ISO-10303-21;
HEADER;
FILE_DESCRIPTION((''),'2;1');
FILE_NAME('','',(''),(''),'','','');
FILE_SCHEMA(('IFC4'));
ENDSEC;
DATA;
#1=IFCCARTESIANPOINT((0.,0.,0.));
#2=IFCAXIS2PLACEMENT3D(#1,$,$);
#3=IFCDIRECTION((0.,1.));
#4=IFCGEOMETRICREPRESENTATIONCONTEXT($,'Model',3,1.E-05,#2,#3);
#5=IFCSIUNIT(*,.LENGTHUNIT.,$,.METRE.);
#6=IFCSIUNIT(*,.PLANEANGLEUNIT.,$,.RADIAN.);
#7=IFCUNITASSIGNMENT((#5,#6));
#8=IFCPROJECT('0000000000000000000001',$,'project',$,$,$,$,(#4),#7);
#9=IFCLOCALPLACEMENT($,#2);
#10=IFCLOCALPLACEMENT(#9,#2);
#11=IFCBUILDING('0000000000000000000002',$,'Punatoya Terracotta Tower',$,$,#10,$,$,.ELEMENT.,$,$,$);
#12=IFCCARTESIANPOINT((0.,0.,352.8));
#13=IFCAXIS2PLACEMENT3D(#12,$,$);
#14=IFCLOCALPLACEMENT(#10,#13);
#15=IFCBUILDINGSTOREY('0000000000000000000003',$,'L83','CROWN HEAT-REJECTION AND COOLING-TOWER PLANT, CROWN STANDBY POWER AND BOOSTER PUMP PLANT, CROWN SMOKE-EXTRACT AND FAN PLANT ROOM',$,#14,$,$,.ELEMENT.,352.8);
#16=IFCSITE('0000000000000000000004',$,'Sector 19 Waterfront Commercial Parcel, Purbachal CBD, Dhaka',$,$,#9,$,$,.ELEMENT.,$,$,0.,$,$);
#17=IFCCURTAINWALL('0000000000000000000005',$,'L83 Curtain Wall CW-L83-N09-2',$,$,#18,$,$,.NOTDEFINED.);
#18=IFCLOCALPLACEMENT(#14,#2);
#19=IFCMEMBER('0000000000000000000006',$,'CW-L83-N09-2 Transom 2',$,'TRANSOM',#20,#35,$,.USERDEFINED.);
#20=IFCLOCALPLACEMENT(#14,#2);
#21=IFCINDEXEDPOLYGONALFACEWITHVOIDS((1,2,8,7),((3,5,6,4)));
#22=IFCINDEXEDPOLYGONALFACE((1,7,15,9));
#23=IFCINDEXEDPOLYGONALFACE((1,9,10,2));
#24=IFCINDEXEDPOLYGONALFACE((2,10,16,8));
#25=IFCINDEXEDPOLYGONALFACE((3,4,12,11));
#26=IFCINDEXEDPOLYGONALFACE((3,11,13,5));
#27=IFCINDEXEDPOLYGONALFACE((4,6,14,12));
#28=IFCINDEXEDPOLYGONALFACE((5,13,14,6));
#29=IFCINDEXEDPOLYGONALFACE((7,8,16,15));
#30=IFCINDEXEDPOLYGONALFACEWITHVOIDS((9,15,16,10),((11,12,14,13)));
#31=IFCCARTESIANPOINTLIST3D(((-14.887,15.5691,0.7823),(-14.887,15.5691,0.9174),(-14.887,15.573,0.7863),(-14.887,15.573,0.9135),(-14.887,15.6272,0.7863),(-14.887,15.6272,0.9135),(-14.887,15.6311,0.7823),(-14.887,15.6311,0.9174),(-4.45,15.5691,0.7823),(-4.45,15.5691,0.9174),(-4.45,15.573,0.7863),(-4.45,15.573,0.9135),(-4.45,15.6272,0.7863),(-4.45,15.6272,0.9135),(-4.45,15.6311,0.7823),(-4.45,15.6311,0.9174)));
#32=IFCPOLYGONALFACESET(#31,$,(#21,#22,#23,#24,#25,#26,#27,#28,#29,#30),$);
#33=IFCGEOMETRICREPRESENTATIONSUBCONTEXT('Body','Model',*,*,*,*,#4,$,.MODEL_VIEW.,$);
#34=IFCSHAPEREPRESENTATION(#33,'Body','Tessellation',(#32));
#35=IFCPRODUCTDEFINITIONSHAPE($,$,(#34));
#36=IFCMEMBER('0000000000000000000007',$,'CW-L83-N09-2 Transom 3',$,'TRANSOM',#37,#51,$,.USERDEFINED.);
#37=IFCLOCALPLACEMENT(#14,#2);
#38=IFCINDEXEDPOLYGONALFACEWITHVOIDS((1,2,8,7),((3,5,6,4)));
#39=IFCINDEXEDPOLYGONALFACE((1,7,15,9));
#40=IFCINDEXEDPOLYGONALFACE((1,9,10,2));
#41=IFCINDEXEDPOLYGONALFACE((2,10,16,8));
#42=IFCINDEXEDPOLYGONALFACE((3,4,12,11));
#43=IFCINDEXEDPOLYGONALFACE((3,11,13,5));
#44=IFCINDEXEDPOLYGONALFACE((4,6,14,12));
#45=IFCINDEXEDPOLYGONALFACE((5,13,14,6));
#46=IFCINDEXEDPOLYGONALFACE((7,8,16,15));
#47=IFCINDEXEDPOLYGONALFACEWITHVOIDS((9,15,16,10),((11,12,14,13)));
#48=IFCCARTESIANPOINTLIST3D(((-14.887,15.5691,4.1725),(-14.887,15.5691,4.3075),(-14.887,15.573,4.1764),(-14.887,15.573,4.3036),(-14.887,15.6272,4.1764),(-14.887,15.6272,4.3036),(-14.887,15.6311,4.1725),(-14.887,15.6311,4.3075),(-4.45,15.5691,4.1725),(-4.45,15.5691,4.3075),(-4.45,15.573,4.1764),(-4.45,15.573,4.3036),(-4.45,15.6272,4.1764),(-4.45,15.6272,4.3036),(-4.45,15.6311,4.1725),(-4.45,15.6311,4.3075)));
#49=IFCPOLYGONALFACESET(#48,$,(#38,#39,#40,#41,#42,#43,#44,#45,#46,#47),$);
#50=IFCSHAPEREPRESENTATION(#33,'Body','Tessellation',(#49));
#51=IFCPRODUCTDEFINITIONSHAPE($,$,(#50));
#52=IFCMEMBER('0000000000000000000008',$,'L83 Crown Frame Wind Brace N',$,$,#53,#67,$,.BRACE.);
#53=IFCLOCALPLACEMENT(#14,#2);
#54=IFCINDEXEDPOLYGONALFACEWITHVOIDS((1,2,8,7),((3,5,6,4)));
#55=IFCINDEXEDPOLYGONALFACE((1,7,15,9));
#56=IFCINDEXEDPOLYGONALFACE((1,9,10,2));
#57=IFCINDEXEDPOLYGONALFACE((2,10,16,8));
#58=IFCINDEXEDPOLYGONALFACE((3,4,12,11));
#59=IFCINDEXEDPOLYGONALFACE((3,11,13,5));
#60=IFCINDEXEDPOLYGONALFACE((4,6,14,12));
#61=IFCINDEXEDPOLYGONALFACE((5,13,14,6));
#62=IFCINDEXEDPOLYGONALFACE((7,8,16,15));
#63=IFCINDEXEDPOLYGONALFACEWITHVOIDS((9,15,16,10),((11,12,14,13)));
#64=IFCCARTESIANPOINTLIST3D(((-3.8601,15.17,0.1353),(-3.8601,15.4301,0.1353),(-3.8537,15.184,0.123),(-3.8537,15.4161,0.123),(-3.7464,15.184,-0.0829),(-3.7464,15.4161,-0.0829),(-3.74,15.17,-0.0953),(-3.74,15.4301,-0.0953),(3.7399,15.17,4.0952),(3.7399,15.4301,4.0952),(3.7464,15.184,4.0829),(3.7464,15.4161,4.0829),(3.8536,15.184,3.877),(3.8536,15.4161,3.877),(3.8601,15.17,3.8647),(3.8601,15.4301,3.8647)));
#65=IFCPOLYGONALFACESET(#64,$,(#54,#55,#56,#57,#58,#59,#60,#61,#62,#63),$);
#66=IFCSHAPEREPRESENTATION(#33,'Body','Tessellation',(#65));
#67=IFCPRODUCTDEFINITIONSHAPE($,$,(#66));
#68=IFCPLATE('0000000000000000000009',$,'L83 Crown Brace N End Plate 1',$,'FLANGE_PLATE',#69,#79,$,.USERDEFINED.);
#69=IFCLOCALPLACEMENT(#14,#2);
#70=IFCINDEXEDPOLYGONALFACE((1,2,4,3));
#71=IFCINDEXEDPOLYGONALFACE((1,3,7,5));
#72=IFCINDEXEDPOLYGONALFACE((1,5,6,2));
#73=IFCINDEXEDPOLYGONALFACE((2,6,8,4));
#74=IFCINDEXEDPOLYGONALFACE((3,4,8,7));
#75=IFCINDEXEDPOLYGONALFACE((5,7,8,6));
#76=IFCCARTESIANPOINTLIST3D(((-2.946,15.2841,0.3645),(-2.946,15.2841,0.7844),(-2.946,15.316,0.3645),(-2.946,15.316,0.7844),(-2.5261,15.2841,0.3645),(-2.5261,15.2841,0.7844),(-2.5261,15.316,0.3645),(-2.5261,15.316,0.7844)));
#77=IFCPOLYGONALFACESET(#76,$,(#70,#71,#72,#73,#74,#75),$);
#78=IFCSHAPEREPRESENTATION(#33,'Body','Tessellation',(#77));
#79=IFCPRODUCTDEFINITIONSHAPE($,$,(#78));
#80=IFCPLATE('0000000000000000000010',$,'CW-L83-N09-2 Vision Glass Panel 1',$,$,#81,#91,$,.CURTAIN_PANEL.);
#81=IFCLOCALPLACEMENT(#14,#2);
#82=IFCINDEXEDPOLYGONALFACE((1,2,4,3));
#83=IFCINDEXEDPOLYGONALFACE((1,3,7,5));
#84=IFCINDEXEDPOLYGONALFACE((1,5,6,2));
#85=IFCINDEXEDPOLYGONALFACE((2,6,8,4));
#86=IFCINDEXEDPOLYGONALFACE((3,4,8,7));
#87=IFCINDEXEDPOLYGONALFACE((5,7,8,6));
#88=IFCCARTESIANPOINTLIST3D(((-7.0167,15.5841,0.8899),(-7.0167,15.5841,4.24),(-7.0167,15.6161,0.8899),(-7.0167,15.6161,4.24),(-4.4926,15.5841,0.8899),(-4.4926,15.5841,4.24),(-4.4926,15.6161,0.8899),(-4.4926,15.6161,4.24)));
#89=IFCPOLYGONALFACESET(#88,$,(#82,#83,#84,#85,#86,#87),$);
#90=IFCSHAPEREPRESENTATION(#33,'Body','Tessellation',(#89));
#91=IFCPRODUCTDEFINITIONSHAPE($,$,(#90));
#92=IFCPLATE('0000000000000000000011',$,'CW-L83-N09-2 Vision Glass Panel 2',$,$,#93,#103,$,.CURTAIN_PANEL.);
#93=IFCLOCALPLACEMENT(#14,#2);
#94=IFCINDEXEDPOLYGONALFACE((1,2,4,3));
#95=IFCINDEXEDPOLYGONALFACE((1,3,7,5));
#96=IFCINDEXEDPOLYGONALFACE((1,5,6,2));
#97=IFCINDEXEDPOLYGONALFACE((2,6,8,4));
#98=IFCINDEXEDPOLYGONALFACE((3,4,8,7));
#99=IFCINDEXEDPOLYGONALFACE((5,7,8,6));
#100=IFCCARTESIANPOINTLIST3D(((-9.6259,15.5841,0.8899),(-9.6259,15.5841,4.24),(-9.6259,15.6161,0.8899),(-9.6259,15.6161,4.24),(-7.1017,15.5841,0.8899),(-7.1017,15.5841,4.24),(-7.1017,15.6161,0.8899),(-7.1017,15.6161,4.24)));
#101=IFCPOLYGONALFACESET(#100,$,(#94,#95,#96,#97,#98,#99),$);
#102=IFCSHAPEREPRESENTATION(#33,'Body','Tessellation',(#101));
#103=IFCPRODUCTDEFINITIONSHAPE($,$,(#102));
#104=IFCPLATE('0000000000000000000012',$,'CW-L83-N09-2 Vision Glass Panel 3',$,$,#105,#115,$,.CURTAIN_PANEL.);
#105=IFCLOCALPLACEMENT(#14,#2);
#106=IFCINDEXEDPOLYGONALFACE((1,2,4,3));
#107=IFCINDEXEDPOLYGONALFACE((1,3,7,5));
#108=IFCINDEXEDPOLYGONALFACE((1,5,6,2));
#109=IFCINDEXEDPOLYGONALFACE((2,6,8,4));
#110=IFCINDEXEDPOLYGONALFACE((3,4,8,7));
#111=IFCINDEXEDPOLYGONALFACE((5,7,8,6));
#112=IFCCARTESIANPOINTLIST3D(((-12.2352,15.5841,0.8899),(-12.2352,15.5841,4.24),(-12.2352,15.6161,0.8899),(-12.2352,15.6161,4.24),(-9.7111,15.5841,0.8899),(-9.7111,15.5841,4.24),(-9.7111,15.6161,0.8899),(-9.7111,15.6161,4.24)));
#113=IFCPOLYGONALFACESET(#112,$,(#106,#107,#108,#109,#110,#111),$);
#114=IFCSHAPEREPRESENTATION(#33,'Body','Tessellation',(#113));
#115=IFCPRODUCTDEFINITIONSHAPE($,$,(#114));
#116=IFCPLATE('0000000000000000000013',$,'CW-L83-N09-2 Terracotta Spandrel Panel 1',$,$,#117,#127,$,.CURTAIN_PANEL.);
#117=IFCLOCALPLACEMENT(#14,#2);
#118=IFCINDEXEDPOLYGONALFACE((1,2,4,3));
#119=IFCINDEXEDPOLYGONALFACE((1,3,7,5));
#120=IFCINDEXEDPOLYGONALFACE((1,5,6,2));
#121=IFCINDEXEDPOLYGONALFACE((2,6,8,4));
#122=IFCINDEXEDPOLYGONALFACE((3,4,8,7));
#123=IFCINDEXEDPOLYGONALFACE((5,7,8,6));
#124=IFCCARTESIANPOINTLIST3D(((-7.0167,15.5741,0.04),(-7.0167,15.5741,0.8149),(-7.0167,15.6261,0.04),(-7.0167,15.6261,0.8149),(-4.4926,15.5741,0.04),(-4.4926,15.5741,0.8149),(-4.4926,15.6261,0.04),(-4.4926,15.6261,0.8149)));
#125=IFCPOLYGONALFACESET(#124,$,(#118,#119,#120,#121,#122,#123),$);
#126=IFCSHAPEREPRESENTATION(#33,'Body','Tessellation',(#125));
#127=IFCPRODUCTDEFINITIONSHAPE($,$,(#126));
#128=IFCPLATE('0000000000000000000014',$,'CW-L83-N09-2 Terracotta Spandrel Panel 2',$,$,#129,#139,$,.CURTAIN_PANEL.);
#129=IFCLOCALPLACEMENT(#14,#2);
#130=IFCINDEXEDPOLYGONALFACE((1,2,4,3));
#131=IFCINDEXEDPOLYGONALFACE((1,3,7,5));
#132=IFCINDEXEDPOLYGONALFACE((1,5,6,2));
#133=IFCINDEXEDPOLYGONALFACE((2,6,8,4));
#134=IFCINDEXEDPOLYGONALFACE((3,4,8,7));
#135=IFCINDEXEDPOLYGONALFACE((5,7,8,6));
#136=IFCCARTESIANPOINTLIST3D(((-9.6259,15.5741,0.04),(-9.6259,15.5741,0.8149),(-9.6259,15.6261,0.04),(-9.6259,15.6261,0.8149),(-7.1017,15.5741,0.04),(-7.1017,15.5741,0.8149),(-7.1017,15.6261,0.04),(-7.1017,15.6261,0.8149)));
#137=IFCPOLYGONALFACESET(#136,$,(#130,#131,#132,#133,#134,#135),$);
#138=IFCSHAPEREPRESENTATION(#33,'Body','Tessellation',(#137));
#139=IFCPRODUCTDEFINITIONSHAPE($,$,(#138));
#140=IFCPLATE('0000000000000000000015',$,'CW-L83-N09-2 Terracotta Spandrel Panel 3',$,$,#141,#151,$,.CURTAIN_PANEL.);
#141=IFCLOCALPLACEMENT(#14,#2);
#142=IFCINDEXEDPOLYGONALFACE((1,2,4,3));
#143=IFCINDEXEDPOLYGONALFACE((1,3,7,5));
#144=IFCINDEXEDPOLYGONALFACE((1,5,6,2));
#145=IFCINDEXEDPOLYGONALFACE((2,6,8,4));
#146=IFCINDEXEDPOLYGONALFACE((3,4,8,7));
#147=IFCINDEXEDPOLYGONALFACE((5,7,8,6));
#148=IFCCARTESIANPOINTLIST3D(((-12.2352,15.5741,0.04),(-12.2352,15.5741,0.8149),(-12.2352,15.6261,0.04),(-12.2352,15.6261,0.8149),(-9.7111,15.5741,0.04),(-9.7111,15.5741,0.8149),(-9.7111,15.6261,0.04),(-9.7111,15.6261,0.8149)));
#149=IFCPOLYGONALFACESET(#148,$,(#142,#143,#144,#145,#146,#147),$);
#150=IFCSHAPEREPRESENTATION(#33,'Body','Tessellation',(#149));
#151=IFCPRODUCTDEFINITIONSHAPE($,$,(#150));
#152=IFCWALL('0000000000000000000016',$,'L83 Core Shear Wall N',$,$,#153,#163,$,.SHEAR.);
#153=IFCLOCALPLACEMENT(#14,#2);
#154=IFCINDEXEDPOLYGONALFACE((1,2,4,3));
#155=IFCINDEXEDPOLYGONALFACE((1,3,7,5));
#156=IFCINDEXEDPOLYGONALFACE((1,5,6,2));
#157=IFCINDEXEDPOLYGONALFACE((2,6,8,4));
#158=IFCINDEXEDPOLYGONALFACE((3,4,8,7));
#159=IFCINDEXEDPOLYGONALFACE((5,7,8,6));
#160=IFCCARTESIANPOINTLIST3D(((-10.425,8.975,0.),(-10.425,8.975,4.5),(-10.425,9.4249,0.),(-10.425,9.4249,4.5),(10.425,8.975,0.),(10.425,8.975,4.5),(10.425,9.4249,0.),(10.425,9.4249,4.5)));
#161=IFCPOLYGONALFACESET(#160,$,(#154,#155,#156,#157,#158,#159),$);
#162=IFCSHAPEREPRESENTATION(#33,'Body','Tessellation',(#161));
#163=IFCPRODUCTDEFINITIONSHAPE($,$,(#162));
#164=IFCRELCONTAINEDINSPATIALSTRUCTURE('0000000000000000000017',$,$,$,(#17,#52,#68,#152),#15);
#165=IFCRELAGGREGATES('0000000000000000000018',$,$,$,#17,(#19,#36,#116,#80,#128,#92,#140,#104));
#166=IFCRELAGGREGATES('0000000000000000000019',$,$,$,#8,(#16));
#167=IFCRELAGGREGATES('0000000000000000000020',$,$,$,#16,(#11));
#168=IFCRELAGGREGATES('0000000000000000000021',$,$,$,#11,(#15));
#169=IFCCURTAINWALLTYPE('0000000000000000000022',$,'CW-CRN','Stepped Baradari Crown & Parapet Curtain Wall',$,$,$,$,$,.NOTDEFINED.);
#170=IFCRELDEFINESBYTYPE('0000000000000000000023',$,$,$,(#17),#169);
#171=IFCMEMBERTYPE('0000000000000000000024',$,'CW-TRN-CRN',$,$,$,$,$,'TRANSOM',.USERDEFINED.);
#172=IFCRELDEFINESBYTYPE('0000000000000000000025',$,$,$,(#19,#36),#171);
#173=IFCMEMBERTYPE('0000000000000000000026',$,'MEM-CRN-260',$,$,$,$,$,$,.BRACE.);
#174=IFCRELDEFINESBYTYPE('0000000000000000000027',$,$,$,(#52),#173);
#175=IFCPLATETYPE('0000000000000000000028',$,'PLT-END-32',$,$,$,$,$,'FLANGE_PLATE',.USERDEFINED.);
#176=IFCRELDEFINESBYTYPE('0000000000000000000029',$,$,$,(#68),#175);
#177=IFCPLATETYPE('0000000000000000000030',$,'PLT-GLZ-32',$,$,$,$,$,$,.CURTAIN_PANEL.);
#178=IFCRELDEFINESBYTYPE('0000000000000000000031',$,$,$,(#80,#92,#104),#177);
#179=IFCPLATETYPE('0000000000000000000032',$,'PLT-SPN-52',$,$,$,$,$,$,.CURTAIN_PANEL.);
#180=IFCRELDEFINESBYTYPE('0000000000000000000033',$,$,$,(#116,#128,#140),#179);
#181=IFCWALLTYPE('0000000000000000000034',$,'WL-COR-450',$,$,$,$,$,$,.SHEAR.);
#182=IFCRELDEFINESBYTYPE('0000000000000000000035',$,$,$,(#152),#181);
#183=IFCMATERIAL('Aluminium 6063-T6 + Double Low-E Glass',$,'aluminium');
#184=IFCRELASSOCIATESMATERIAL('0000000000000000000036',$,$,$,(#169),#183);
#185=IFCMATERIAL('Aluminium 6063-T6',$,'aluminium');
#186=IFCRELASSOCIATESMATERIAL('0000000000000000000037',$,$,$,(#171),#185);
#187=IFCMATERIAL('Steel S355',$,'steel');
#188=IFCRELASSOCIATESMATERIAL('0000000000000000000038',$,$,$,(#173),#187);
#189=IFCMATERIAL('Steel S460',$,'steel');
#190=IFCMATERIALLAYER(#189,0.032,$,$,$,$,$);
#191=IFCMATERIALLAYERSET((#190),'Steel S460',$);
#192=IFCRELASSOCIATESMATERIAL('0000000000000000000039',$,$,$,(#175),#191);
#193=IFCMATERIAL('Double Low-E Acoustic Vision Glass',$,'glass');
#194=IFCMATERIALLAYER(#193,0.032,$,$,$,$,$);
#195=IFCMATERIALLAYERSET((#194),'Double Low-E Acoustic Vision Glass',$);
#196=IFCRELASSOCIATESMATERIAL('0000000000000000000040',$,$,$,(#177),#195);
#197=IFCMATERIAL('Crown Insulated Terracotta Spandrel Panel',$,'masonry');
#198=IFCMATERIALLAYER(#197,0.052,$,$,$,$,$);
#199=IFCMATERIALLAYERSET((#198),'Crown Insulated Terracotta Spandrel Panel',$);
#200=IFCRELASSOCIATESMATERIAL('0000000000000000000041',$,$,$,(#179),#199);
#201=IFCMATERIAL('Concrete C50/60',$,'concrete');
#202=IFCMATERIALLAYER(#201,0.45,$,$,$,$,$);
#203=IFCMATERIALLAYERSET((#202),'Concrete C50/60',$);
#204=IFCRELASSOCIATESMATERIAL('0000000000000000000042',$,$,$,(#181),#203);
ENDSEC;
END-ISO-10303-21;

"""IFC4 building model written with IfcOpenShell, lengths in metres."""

from ifc_helpers import new_model, si_unit, direction, frame, frame_2d, origin, origin_2d, place, context, subcontext, project, spatial, rectangle, hollow_rectangle, extrude, material, layer, layer_set, material_profile, profile_set, type_object, element, aggregate, save


model = new_model("IFC4")

# Units and contexts
model_context = context("Model", 3, precision=1e-05, world=origin(), true_north=direction((0.0, 1.0)))
body_context = subcontext(model_context, "Body", "Model", "MODEL_VIEW")
ifc_project = project(units=[si_unit("LENGTHUNIT", "METRE"), si_unit("PLANEANGLEUNIT", "RADIAN")], contexts=[model_context])

# Site, building, storey
site_placement = place(None, origin())
site = spatial("IfcSite", under=ifc_project, at=site_placement, Name="Sector 19 Waterfront Commercial Parcel, Purbachal CBD, Dhaka", CompositionType="ELEMENT", RefElevation=0.0)
building_placement = place(site_placement, origin())
building = spatial("IfcBuilding", under=site, at=building_placement, Name="Punatoya Terracotta Tower", CompositionType="ELEMENT")
storey_placement = place(building_placement, frame((0.0, 0.0, 352.8)))
storey = spatial("IfcBuildingStorey", under=building, at=storey_placement, Name="L83", Description="CROWN HEAT-REJECTION AND COOLING-TOWER PLANT, CROWN STANDBY POWER AND BOOSTER PUMP PLANT, CROWN SMOKE-EXTRACT AND FAN PLANT ROOM", CompositionType="ELEMENT", Elevation=352.8)

# Shared definitions
ifc_material_1 = material(Name="Steel S355", Category="steel")

# Shared definitions
ifc_material_2 = material(Name="Steel S460", Category="steel")

# Curtain wall, members
ifc_material_3 = material(Name="Aluminium 6063-T6 + Double Low-E Glass", Category="aluminium")
curtain_wall_type = type_object("IfcCurtainWallType", Name="CW-CRN", Description="Stepped Baradari Crown & Parapet Curtain Wall", PredefinedType="NOTDEFINED", material=ifc_material_3)
curtain_wall_placement = place(storey_placement, origin())
curtain_wall = element("IfcCurtainWall", 1, at=curtain_wall_placement, inside=storey, type_object=curtain_wall_type, Name="L83 Curtain Wall CW-L83-N09-2", PredefinedType="NOTDEFINED")
ifc_material_4 = material(Name="Aluminium 6063-T6", Category="aluminium")
ifc_material_profile_1 = material_profile(ifc_material_4, hollow_rectangle(XDim=0.062, YDim=0.135, WallThickness=0.0039, at=origin_2d()))
ifc_profile_set_1 = profile_set([ifc_material_profile_1], Name="Aluminium 6063-T6")
member_type_1 = type_object("IfcMemberType", Name="CW-TRN-CRN", ElementType="TRANSOM", PredefinedType="USERDEFINED", material=ifc_profile_set_1)
member_1_placement = place(storey_placement, frame((-4.45, 15.6001, 0.8499), z_axis=(-1.0, 0.0, 0.0), x_axis=(0.0, -1.0, 0.0)))
member_1 = element("IfcMember", 2, at=member_1_placement, type_object=member_type_1, Name="CW-L83-N09-2 Transom 2", ObjectType="TRANSOM", PredefinedType="USERDEFINED", context=body_context, shape_type="SweptSolid", body=[
    extrude(hollow_rectangle(XDim=0.062, YDim=0.135, WallThickness=0.0039, at=origin_2d()), origin(), (0.0, 0.0, 1.0), 10.437),
])
member_2_placement = place(storey_placement, frame((-4.45, 15.6001, 4.24), z_axis=(-1.0, 0.0, 0.0), x_axis=(0.0, -1.0, 0.0)))
member_2 = element("IfcMember", 3, at=member_2_placement, type_object=member_type_1, Name="CW-L83-N09-2 Transom 3", ObjectType="TRANSOM", PredefinedType="USERDEFINED", context=body_context, shape_type="SweptSolid", body=[
    extrude(hollow_rectangle(XDim=0.062, YDim=0.135, WallThickness=0.0039, at=origin_2d()), origin(), (0.0, 0.0, 1.0), 10.437),
])

# Member
ifc_material_profile_2 = material_profile(ifc_material_1, hollow_rectangle(XDim=0.26, YDim=0.26, WallThickness=0.0139, at=origin_2d()))
ifc_profile_set_2 = profile_set([ifc_material_profile_2], Name="Steel S355")
member_type_2 = type_object("IfcMemberType", Name="MEM-CRN-260", PredefinedType="BRACE", material=ifc_profile_set_2)
member_3_placement = place(storey_placement, frame((-3.8, 15.3, 0.02), z_axis=(0.886839, 0.0, 0.462079), x_axis=(0.0, 1.0, 0.0)))
element("IfcMember", 4, at=member_3_placement, inside=storey, type_object=member_type_2, Name="L83 Crown Frame Wind Brace N", PredefinedType="BRACE", context=body_context, shape_type="SweptSolid", body=[
    extrude(hollow_rectangle(XDim=0.26, YDim=0.26, WallThickness=0.0139, at=origin_2d()), origin(), (0.0, 0.0, 1.0), 8.5698),
])

# Plates
ifc_layer_1 = layer(ifc_material_2, 0.032)
ifc_layer_set_1 = layer_set([ifc_layer_1], Name="Steel S460")
plate_type_1 = type_object("IfcPlateType", Name="PLT-END-32", ElementType="FLANGE_PLATE", PredefinedType="USERDEFINED", material=ifc_layer_set_1)
plate_1_placement = place(storey_placement, frame((-2.7361, 15.3, 0.3645), z_axis=(0.0, 0.0, 1.0), x_axis=(1.0, 0.0, 0.0)))
element("IfcPlate", 5, at=plate_1_placement, inside=storey, type_object=plate_type_1, Name="L83 Crown Brace N End Plate 1", ObjectType="FLANGE_PLATE", PredefinedType="USERDEFINED", context=body_context, shape_type="SweptSolid", body=[
    extrude(rectangle(XDim=0.4199, YDim=0.032, at=origin_2d()), origin(), (0.0, 0.0, 1.0), 0.4199),
])
ifc_material_5 = material(Name="Double Low-E Acoustic Vision Glass", Category="glass")
ifc_layer_2 = layer(ifc_material_5, 0.032)
ifc_layer_set_2 = layer_set([ifc_layer_2], Name="Double Low-E Acoustic Vision Glass")
plate_type_2 = type_object("IfcPlateType", Name="PLT-GLZ-32", PredefinedType="CURTAIN_PANEL", material=ifc_layer_set_2)
plate_2_placement = place(storey_placement, frame((-5.7546, 15.6001, 0.8899), z_axis=(0.0, 0.0, 1.0), x_axis=(-1.0, 0.0, 0.0)))
plate_2 = element("IfcPlate", 6, at=plate_2_placement, type_object=plate_type_2, Name="CW-L83-N09-2 Vision Glass Panel 1", PredefinedType="CURTAIN_PANEL", context=body_context, shape_type="SweptSolid", body=[
    extrude(rectangle(XDim=2.5242, YDim=0.032, at=origin_2d()), origin(), (0.0, 0.0, 1.0), 3.3501),
])
plate_3_placement = place(storey_placement, frame((-8.3638, 15.6001, 0.8899), z_axis=(0.0, 0.0, 1.0), x_axis=(-1.0, 0.0, 0.0)))
plate_3 = element("IfcPlate", 7, at=plate_3_placement, type_object=plate_type_2, Name="CW-L83-N09-2 Vision Glass Panel 2", PredefinedType="CURTAIN_PANEL", context=body_context, shape_type="SweptSolid", body=[
    extrude(rectangle(XDim=2.5242, YDim=0.032, at=origin_2d()), origin(), (0.0, 0.0, 1.0), 3.3501),
])
plate_4_placement = place(storey_placement, frame((-10.9731, 15.6001, 0.8899), z_axis=(0.0, 0.0, 1.0), x_axis=(-1.0, 0.0, 0.0)))
plate_4 = element("IfcPlate", 8, at=plate_4_placement, type_object=plate_type_2, Name="CW-L83-N09-2 Vision Glass Panel 3", PredefinedType="CURTAIN_PANEL", context=body_context, shape_type="SweptSolid", body=[
    extrude(rectangle(XDim=2.5242, YDim=0.032, at=origin_2d()), origin(), (0.0, 0.0, 1.0), 3.3501),
])
ifc_material_6 = material(Name="Crown Insulated Terracotta Spandrel Panel", Category="masonry")
ifc_layer_3 = layer(ifc_material_6, 0.052)
ifc_layer_set_3 = layer_set([ifc_layer_3], Name="Crown Insulated Terracotta Spandrel Panel")
plate_type_3 = type_object("IfcPlateType", Name="PLT-SPN-52", PredefinedType="CURTAIN_PANEL", material=ifc_layer_set_3)
plate_5_placement = place(storey_placement, frame((-5.7546, 15.6001, 0.04), z_axis=(0.0, 0.0, 1.0), x_axis=(-1.0, 0.0, 0.0)))
plate_5 = element("IfcPlate", 9, at=plate_5_placement, type_object=plate_type_3, Name="CW-L83-N09-2 Terracotta Spandrel Panel 1", PredefinedType="CURTAIN_PANEL", context=body_context, shape_type="SweptSolid", body=[
    extrude(rectangle(XDim=2.5242, YDim=0.052, at=origin_2d()), origin(), (0.0, 0.0, 1.0), 0.7749),
])
plate_6_placement = place(storey_placement, frame((-8.3638, 15.6001, 0.04), z_axis=(0.0, 0.0, 1.0), x_axis=(-1.0, 0.0, 0.0)))
plate_6 = element("IfcPlate", 10, at=plate_6_placement, type_object=plate_type_3, Name="CW-L83-N09-2 Terracotta Spandrel Panel 2", PredefinedType="CURTAIN_PANEL", context=body_context, shape_type="SweptSolid", body=[
    extrude(rectangle(XDim=2.5242, YDim=0.052, at=origin_2d()), origin(), (0.0, 0.0, 1.0), 0.7749),
])
plate_7_placement = place(storey_placement, frame((-10.9731, 15.6001, 0.04), z_axis=(0.0, 0.0, 1.0), x_axis=(-1.0, 0.0, 0.0)))
plate_7 = element("IfcPlate", 11, at=plate_7_placement, type_object=plate_type_3, Name="CW-L83-N09-2 Terracotta Spandrel Panel 3", PredefinedType="CURTAIN_PANEL", context=body_context, shape_type="SweptSolid", body=[
    extrude(rectangle(XDim=2.5242, YDim=0.052, at=origin_2d()), origin(), (0.0, 0.0, 1.0), 0.7749),
])
aggregate(curtain_wall, [member_1, member_2, plate_5, plate_2, plate_6, plate_3, plate_7, plate_4])

# Wall
ifc_material_7 = material(Name="Concrete C50/60", Category="concrete")
ifc_layer_4 = layer(ifc_material_7, 0.45)
ifc_layer_set_4 = layer_set([ifc_layer_4], Name="Concrete C50/60")
wall_type_1 = type_object("IfcWallType", Name="WL-COR-450", PredefinedType="SHEAR", material=ifc_layer_set_4)
wall_1_placement = place(storey_placement, frame((-10.425, 9.2, 0.0), z_axis=(0.0, 0.0, 1.0), x_axis=(1.0, 0.0, 0.0)))
element("IfcWall", 12, at=wall_1_placement, inside=storey, type_object=wall_type_1, Name="L83 Core Shear Wall N", PredefinedType="SHEAR", context=body_context, shape_type="SweptSolid", body=[
    extrude(rectangle(XDim=20.8501, YDim=0.45, at=frame_2d((10.425, 0.0))), origin(), (0.0, 0.0, 1.0), 4.5),
])

save(model, "model.ifc")
